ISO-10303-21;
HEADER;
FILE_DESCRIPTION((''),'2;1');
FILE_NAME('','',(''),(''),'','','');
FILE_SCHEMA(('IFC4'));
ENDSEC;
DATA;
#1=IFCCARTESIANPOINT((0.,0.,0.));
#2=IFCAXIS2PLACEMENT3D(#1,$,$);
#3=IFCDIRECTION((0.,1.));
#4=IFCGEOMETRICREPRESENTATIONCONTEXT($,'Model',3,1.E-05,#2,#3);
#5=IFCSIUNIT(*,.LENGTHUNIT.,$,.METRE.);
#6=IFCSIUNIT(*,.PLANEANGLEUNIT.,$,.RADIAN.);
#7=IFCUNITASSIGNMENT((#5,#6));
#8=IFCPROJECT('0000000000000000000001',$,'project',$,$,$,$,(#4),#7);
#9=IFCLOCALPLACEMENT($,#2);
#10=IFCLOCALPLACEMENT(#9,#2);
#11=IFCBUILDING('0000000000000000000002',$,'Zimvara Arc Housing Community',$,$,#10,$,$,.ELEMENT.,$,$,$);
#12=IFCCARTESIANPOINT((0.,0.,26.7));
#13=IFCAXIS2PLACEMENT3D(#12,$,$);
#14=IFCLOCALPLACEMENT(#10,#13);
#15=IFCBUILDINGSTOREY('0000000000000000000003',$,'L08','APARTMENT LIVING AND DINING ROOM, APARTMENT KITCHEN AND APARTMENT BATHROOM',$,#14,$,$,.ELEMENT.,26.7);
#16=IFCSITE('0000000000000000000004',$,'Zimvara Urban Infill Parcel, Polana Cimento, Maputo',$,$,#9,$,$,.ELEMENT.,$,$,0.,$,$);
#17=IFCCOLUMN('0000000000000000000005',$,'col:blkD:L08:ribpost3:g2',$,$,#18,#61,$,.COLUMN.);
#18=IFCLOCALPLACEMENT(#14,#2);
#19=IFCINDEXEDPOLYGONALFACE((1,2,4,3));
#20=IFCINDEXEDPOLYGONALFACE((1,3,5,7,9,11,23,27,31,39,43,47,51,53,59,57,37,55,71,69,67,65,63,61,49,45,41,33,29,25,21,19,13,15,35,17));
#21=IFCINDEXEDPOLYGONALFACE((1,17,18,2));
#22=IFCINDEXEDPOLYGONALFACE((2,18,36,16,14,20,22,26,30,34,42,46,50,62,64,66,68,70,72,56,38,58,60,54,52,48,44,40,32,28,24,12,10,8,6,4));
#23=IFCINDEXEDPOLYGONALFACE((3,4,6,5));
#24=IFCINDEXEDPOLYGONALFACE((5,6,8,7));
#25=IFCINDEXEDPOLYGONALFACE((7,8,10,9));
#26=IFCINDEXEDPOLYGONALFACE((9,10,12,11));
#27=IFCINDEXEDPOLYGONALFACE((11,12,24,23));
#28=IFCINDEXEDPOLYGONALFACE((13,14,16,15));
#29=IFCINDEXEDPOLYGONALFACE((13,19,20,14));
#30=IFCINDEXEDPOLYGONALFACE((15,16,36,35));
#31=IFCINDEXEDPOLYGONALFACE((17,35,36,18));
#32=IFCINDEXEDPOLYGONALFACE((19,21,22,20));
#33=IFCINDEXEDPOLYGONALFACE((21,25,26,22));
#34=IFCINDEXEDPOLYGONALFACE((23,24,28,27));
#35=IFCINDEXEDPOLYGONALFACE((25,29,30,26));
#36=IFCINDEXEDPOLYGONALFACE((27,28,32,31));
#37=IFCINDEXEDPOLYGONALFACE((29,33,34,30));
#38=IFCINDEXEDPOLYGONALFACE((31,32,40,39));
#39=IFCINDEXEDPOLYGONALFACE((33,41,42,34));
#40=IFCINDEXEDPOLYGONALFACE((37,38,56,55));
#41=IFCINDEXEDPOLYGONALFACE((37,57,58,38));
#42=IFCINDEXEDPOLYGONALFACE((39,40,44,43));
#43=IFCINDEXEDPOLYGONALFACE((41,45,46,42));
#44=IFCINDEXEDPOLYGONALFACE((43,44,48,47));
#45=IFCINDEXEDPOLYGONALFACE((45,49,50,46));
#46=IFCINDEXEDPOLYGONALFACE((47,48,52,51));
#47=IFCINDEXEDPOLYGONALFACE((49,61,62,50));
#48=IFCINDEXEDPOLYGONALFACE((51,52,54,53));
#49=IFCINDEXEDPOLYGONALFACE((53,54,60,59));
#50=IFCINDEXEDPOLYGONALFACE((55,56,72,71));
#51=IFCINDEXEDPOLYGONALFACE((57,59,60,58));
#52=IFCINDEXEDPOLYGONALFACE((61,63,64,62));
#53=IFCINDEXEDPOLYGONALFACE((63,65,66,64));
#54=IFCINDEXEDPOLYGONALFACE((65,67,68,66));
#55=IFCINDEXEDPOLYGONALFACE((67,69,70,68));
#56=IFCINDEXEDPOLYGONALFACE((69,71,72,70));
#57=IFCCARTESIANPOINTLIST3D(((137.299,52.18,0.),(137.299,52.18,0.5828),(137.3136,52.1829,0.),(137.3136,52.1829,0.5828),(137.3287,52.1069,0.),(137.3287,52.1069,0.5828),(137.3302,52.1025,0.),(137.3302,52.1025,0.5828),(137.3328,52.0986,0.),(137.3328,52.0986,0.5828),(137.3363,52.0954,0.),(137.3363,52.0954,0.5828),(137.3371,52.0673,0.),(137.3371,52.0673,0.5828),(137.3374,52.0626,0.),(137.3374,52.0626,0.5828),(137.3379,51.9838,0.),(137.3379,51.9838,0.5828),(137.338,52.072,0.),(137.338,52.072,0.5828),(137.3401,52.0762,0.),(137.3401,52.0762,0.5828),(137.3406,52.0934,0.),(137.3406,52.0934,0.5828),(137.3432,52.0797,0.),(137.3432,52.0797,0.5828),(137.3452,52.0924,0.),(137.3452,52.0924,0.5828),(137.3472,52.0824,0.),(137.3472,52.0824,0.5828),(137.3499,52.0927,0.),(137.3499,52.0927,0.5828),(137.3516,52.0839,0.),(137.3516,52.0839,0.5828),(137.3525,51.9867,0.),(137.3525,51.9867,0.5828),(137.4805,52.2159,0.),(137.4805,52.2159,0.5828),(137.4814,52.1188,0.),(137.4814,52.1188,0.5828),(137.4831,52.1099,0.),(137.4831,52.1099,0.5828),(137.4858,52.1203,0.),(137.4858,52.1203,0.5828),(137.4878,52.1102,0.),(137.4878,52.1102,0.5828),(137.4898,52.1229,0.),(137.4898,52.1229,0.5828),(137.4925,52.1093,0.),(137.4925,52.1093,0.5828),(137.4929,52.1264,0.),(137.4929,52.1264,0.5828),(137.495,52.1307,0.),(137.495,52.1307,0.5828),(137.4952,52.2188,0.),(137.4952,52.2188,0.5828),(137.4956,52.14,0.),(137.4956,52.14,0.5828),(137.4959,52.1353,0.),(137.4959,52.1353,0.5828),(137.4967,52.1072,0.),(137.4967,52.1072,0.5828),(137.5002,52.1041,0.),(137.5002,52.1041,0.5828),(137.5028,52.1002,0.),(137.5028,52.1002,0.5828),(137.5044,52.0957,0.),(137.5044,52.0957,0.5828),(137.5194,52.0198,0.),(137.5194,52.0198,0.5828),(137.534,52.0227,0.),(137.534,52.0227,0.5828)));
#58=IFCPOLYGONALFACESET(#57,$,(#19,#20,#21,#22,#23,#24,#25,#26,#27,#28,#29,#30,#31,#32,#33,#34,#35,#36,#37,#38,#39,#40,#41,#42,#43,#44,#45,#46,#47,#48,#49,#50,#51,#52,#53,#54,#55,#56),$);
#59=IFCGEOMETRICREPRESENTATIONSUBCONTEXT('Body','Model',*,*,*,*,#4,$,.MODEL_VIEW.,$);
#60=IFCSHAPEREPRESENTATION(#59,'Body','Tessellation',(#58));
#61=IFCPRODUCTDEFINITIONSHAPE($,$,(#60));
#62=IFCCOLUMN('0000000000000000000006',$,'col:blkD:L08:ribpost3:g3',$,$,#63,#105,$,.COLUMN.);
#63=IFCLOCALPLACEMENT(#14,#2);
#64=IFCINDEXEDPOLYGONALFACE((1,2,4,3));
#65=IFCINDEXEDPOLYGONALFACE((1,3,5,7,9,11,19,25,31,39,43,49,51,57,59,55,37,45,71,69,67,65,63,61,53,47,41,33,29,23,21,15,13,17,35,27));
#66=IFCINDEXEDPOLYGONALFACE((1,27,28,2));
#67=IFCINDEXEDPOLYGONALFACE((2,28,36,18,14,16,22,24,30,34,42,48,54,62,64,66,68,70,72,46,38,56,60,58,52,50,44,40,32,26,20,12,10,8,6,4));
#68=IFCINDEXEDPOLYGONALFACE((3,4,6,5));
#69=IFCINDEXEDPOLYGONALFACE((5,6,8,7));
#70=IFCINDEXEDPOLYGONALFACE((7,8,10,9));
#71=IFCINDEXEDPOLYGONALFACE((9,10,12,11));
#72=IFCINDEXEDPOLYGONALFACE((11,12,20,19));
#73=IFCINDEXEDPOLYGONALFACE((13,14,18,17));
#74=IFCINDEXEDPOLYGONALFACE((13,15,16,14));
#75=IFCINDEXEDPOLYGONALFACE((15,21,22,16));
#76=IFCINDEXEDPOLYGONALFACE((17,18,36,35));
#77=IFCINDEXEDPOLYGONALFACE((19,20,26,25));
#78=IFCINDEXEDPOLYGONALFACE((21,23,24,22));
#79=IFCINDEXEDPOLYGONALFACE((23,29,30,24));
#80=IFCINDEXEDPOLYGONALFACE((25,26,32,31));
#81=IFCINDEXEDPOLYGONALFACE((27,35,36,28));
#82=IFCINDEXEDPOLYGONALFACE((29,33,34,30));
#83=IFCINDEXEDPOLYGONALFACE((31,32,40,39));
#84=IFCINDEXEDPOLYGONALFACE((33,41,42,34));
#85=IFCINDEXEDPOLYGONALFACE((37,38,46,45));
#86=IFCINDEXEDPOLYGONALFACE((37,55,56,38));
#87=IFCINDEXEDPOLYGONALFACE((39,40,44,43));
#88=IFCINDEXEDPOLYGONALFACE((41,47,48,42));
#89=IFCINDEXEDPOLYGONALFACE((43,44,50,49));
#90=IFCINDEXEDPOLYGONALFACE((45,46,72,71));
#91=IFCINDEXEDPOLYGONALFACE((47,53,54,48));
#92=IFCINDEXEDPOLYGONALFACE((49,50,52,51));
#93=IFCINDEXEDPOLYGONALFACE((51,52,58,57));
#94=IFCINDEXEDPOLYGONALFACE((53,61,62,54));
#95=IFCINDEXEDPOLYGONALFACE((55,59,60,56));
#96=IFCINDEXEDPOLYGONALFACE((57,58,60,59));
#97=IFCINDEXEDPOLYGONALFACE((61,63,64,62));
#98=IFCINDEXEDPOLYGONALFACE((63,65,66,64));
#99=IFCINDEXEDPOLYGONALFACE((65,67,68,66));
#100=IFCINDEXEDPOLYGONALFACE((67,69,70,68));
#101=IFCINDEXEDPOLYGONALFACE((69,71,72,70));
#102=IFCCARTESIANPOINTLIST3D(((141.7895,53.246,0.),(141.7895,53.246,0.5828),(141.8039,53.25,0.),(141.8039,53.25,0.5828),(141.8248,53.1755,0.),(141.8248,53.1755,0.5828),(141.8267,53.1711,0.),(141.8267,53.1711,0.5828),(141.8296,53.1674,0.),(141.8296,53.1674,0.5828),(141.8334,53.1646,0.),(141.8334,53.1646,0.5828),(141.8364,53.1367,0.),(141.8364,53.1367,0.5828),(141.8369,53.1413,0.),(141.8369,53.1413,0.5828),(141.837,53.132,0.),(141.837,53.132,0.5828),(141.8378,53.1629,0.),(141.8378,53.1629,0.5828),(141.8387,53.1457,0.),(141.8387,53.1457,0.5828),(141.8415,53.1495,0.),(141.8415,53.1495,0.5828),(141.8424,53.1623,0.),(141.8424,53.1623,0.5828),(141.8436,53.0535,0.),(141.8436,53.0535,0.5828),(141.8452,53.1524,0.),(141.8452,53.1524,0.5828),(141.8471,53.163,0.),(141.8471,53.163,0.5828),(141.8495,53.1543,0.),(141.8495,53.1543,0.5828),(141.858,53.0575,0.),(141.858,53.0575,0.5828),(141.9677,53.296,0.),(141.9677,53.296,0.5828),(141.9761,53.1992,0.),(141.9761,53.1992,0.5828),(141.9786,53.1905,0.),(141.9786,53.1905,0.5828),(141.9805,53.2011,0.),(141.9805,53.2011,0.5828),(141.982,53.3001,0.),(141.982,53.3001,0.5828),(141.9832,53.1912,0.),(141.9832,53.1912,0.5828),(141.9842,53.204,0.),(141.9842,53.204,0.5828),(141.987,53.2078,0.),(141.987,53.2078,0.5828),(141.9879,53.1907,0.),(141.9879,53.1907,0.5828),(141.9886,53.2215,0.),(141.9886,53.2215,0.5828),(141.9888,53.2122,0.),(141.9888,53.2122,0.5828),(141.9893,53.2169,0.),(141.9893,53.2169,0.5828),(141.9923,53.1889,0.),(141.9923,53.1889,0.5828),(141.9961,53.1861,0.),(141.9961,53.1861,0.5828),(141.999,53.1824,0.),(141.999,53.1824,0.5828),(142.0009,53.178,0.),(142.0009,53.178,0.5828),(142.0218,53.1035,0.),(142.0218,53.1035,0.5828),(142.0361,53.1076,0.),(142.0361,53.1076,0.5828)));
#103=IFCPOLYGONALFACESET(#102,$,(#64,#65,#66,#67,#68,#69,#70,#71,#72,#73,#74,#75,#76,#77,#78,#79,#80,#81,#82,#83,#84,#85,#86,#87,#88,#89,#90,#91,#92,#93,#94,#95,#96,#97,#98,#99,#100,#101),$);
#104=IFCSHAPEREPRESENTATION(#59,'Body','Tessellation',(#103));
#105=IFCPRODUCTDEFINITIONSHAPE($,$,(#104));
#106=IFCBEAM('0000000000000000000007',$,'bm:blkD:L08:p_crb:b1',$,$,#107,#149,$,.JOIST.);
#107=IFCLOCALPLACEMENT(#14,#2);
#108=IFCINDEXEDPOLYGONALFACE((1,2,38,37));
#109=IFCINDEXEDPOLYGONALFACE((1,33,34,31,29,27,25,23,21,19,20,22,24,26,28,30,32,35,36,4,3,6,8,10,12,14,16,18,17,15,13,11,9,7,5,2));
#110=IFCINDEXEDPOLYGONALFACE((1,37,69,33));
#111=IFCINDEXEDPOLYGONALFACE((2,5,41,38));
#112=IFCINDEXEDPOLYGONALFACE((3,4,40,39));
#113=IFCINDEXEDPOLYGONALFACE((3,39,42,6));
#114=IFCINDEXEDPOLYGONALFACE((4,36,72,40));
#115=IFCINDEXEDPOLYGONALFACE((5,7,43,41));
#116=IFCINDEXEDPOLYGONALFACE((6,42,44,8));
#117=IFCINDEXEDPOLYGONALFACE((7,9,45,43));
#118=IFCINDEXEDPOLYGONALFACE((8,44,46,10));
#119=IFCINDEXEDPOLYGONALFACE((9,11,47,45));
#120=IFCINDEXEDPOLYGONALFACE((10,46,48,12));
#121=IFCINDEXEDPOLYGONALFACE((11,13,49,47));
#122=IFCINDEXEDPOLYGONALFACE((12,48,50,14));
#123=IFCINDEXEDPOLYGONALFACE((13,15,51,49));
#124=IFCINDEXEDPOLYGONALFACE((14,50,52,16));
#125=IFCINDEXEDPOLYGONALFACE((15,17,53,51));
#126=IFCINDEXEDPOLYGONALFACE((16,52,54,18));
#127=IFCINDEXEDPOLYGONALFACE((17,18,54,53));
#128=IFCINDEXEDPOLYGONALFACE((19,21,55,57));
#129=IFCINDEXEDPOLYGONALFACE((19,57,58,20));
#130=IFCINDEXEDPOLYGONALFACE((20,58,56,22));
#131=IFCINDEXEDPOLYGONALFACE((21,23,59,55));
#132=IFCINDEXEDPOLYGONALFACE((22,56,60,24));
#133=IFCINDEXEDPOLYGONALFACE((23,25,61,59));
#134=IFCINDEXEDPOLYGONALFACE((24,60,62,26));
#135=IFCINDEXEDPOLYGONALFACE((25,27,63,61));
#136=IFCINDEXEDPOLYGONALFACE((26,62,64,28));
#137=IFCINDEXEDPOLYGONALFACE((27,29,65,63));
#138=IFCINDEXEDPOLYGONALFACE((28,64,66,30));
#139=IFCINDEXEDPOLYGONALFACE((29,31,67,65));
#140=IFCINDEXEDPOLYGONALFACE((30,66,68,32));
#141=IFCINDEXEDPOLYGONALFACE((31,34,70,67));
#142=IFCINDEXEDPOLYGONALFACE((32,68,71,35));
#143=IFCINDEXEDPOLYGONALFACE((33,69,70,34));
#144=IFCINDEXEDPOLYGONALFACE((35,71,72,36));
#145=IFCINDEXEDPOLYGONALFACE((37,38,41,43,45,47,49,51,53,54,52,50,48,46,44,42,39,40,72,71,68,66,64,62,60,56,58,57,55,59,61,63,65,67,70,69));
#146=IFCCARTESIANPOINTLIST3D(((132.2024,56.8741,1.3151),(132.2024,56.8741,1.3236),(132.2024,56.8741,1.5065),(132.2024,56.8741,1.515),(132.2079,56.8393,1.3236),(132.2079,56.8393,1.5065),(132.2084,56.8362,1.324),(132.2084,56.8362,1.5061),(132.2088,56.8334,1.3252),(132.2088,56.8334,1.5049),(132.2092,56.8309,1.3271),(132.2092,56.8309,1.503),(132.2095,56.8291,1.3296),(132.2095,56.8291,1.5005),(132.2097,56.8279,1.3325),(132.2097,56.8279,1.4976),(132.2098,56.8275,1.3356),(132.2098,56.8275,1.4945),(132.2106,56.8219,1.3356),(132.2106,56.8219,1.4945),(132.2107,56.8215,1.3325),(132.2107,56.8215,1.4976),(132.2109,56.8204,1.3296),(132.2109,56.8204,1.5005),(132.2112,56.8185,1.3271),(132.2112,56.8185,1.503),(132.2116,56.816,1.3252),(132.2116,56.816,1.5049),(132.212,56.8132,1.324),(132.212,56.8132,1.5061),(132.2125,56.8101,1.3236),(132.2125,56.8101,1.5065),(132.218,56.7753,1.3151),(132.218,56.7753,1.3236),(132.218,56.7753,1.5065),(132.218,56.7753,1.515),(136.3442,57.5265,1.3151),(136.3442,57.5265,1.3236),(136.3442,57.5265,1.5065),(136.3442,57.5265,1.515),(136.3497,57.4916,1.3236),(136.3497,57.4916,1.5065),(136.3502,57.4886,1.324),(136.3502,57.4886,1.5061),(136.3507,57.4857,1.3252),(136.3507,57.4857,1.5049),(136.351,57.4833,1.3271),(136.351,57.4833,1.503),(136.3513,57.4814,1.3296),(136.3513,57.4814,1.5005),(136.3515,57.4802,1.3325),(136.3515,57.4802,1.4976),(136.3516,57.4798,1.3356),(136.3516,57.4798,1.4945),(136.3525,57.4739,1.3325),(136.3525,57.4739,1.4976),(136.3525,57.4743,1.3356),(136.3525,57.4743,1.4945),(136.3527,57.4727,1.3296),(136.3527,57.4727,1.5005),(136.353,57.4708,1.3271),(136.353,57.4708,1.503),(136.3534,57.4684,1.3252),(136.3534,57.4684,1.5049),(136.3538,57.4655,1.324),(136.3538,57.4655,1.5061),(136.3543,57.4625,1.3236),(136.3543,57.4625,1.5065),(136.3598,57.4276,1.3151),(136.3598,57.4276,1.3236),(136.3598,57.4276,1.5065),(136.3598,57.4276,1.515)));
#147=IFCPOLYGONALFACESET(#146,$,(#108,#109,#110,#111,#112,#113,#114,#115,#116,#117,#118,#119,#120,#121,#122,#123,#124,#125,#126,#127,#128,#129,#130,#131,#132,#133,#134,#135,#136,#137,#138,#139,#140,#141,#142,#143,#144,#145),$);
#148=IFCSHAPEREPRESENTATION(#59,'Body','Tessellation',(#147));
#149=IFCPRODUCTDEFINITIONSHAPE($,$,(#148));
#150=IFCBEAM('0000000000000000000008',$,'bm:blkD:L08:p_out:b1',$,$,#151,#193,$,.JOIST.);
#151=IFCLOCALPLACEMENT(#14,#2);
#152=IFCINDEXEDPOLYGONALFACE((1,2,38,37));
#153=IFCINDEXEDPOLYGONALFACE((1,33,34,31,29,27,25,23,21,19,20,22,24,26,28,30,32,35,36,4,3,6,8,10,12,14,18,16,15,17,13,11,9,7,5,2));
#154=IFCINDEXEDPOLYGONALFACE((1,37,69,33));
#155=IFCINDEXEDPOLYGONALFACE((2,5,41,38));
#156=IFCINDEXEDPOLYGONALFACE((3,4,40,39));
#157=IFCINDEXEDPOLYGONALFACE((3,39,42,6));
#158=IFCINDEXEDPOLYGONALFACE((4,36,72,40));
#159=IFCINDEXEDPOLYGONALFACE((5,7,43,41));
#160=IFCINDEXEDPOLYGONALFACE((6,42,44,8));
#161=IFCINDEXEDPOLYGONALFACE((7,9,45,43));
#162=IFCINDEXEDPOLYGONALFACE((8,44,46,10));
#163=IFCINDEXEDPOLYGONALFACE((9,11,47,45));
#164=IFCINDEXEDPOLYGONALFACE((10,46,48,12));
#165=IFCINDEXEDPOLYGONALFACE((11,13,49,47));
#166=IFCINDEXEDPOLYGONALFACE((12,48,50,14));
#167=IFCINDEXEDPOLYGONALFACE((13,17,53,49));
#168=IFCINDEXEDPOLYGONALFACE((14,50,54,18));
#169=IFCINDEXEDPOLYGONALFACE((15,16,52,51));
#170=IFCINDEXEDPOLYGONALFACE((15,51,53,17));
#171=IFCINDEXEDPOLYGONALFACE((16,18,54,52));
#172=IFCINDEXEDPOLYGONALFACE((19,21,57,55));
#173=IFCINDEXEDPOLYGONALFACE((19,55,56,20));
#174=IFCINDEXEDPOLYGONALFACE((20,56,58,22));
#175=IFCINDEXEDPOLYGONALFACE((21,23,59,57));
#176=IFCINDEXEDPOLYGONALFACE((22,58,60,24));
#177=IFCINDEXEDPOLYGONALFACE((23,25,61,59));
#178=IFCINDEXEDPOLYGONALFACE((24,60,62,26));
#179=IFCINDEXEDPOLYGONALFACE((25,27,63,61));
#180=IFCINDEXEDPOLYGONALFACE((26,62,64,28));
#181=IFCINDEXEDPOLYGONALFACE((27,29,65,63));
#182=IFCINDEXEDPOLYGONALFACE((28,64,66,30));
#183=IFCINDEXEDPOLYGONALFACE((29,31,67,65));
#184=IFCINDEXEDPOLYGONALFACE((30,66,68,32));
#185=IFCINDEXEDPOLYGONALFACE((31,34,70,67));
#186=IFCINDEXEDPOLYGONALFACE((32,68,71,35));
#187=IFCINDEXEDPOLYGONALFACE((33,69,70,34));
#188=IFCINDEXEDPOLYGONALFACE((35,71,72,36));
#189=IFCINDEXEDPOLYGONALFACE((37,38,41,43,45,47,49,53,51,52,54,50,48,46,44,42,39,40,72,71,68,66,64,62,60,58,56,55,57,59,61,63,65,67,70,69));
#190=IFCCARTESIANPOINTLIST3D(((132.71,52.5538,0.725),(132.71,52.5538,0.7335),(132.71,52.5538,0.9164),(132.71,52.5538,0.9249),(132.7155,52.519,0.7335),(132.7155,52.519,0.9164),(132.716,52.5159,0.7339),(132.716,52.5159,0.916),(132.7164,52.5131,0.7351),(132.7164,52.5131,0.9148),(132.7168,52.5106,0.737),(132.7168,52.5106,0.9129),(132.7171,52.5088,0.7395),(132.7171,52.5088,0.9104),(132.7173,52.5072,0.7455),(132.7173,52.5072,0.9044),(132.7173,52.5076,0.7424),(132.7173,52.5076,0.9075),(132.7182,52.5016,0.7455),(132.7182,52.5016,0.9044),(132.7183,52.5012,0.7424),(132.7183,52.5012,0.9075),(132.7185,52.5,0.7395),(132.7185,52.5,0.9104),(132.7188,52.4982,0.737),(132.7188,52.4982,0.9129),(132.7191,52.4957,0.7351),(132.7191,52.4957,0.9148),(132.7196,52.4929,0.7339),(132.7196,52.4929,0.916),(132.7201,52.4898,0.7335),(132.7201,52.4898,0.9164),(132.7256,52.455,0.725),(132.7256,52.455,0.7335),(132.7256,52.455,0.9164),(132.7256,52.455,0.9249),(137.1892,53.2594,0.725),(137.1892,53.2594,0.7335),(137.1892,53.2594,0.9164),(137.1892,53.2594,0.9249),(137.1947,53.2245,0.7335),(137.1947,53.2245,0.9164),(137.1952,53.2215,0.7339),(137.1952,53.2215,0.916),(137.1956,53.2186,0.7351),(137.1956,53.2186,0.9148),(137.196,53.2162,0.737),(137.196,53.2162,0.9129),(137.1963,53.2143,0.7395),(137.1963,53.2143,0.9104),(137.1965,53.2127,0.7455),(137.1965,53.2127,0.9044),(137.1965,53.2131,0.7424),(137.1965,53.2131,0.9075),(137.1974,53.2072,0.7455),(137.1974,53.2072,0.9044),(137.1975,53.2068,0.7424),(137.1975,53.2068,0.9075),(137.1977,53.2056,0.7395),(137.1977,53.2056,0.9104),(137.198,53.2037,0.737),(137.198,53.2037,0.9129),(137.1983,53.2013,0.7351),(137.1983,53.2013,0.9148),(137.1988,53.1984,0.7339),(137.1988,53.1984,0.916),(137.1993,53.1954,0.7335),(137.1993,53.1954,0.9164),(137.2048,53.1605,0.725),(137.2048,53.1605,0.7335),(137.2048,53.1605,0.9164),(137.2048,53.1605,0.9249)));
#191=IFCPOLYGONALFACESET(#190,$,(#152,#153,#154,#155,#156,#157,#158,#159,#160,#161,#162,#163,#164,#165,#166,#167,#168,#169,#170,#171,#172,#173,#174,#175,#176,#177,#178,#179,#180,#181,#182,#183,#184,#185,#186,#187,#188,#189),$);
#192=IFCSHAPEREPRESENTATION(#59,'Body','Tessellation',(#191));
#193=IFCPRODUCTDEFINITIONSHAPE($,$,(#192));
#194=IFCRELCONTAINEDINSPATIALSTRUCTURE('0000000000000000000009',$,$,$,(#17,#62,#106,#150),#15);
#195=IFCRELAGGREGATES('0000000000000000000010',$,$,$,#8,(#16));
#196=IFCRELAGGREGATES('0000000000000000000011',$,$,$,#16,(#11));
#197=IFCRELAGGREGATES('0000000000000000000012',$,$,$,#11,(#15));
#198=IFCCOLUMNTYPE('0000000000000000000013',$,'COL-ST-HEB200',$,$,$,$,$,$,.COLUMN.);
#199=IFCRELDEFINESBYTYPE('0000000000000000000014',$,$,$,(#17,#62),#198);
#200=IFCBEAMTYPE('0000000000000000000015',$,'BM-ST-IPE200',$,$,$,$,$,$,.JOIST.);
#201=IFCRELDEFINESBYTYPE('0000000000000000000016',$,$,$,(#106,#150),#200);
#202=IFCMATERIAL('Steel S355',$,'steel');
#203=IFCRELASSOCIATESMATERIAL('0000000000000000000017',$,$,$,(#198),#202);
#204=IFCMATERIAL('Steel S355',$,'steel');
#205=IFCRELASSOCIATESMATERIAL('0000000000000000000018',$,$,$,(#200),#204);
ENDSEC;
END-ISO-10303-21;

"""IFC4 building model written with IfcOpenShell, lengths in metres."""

from ifc_helpers import new_model, si_unit, direction, frame, origin, origin_2d, place, context, subcontext, project, spatial, i_section, extrude, material, material_profile, profile_set, type_object, element, save


model = new_model("IFC4")

# Units and contexts
model_context = context("Model", 3, precision=1e-05, world=origin(), true_north=direction((0.0, 1.0)))
body_context = subcontext(model_context, "Body", "Model", "MODEL_VIEW")
ifc_project = project(units=[si_unit("LENGTHUNIT", "METRE"), si_unit("PLANEANGLEUNIT", "RADIAN")], contexts=[model_context])

# Site, building, storey
site_placement = place(None, origin())
site = spatial("IfcSite", under=ifc_project, at=site_placement, Name="Zimvara Urban Infill Parcel, Polana Cimento, Maputo", CompositionType="ELEMENT", RefElevation=0.0)
building_placement = place(site_placement, origin())
building = spatial("IfcBuilding", under=site, at=building_placement, Name="Zimvara Arc Housing Community", CompositionType="ELEMENT")
storey_placement = place(building_placement, frame((0.0, 0.0, 26.7)))
storey = spatial("IfcBuildingStorey", under=building, at=storey_placement, Name="L08", Description="APARTMENT LIVING AND DINING ROOM, APARTMENT KITCHEN AND APARTMENT BATHROOM", CompositionType="ELEMENT", Elevation=26.7)

# Columns
ifc_material_1 = material(Name="Steel S355", Category="steel")
ifc_material_profile_1 = material_profile(ifc_material_1, i_section(OverallWidth=0.2, OverallDepth=0.2, WebThickness=0.009, FlangeThickness=0.0149, FilletRadius=0.0181, at=origin_2d()), Name="HEB 200")
ifc_profile_set_1 = profile_set([ifc_material_profile_1], Name="Steel S355")
column_type = type_object("IfcColumnType", Name="COL-ST-HEB200", PredefinedType="COLUMN", material=ifc_profile_set_1)
for number, where, z_axis, x_axis, name in (
    (1, (137.4165, 52.1013, 0.0), (0.0, 0.0, 1.0), (0.194234, -0.980955, 0.0), "col:blkD:L08:ribpost3:g2"),
    (2, (141.9128, 53.1768, 0.0), (0.0, 0.0, 1.0), (0.2706, -0.962692, 0.0), "col:blkD:L08:ribpost3:g3"),
):
    element("IfcColumn", number, at=place(storey_placement, frame(where, z_axis=z_axis, x_axis=x_axis)), inside=storey, type_object=column_type, Name=name, PredefinedType="COLUMN", context=body_context, shape_type="SweptSolid", body=[
        extrude(i_section(OverallWidth=0.2, OverallDepth=0.2, WebThickness=0.009, FlangeThickness=0.0149, FilletRadius=0.0181, at=origin_2d()), origin(), (0.0, 0.0, 1.0), 0.5828),
    ])

# Beams
ifc_material_2 = material(Name="Steel S355", Category="steel")
ifc_material_profile_2 = material_profile(ifc_material_2, i_section(OverallWidth=0.1001, OverallDepth=0.2, WebThickness=0.0056, FlangeThickness=0.0085, FilletRadius=0.012, at=origin_2d()), Name="IPE 200")
ifc_profile_set_2 = profile_set([ifc_material_profile_2], Name="Steel S355")
beam_type_1 = type_object("IfcBeamType", Name="BM-ST-IPE200", PredefinedType="JOIST", material=ifc_profile_set_2)
beam_1_placement = place(storey_placement, frame((132.2102, 56.8247, 1.415), z_axis=(0.987823, 0.155583, 0.0), x_axis=(-0.155583, 0.987823, 0.0)))
element("IfcBeam", 3, at=beam_1_placement, inside=storey, type_object=beam_type_1, Name="bm:blkD:L08:p_crb:b1", PredefinedType="JOIST", context=body_context, shape_type="SweptSolid", body=[
    extrude(i_section(OverallWidth=0.1001, OverallDepth=0.2, WebThickness=0.0056, FlangeThickness=0.0085, FilletRadius=0.012, at=origin_2d()), origin(), (0.0, 0.0, 1.0), 4.1929),
])
for number, where, z_axis, x_axis, name in (
    (4, (132.7178, 52.5044, 0.825), (0.98782, 0.1556, 0.0), (-0.1556, 0.98782, 0.0), "bm:blkD:L08:p_out:b1"),
):
    element("IfcBeam", number, at=place(storey_placement, frame(where, z_axis=z_axis, x_axis=x_axis)), inside=storey, type_object=beam_type_1, Name=name, PredefinedType="JOIST", context=body_context, shape_type="SweptSolid", body=[
        extrude(i_section(OverallWidth=0.1001, OverallDepth=0.2, WebThickness=0.0056, FlangeThickness=0.0085, FilletRadius=0.012, at=origin_2d()), origin(), (0.0, 0.0, 1.0), 4.5344),
    ])

save(model, "model.ifc")
